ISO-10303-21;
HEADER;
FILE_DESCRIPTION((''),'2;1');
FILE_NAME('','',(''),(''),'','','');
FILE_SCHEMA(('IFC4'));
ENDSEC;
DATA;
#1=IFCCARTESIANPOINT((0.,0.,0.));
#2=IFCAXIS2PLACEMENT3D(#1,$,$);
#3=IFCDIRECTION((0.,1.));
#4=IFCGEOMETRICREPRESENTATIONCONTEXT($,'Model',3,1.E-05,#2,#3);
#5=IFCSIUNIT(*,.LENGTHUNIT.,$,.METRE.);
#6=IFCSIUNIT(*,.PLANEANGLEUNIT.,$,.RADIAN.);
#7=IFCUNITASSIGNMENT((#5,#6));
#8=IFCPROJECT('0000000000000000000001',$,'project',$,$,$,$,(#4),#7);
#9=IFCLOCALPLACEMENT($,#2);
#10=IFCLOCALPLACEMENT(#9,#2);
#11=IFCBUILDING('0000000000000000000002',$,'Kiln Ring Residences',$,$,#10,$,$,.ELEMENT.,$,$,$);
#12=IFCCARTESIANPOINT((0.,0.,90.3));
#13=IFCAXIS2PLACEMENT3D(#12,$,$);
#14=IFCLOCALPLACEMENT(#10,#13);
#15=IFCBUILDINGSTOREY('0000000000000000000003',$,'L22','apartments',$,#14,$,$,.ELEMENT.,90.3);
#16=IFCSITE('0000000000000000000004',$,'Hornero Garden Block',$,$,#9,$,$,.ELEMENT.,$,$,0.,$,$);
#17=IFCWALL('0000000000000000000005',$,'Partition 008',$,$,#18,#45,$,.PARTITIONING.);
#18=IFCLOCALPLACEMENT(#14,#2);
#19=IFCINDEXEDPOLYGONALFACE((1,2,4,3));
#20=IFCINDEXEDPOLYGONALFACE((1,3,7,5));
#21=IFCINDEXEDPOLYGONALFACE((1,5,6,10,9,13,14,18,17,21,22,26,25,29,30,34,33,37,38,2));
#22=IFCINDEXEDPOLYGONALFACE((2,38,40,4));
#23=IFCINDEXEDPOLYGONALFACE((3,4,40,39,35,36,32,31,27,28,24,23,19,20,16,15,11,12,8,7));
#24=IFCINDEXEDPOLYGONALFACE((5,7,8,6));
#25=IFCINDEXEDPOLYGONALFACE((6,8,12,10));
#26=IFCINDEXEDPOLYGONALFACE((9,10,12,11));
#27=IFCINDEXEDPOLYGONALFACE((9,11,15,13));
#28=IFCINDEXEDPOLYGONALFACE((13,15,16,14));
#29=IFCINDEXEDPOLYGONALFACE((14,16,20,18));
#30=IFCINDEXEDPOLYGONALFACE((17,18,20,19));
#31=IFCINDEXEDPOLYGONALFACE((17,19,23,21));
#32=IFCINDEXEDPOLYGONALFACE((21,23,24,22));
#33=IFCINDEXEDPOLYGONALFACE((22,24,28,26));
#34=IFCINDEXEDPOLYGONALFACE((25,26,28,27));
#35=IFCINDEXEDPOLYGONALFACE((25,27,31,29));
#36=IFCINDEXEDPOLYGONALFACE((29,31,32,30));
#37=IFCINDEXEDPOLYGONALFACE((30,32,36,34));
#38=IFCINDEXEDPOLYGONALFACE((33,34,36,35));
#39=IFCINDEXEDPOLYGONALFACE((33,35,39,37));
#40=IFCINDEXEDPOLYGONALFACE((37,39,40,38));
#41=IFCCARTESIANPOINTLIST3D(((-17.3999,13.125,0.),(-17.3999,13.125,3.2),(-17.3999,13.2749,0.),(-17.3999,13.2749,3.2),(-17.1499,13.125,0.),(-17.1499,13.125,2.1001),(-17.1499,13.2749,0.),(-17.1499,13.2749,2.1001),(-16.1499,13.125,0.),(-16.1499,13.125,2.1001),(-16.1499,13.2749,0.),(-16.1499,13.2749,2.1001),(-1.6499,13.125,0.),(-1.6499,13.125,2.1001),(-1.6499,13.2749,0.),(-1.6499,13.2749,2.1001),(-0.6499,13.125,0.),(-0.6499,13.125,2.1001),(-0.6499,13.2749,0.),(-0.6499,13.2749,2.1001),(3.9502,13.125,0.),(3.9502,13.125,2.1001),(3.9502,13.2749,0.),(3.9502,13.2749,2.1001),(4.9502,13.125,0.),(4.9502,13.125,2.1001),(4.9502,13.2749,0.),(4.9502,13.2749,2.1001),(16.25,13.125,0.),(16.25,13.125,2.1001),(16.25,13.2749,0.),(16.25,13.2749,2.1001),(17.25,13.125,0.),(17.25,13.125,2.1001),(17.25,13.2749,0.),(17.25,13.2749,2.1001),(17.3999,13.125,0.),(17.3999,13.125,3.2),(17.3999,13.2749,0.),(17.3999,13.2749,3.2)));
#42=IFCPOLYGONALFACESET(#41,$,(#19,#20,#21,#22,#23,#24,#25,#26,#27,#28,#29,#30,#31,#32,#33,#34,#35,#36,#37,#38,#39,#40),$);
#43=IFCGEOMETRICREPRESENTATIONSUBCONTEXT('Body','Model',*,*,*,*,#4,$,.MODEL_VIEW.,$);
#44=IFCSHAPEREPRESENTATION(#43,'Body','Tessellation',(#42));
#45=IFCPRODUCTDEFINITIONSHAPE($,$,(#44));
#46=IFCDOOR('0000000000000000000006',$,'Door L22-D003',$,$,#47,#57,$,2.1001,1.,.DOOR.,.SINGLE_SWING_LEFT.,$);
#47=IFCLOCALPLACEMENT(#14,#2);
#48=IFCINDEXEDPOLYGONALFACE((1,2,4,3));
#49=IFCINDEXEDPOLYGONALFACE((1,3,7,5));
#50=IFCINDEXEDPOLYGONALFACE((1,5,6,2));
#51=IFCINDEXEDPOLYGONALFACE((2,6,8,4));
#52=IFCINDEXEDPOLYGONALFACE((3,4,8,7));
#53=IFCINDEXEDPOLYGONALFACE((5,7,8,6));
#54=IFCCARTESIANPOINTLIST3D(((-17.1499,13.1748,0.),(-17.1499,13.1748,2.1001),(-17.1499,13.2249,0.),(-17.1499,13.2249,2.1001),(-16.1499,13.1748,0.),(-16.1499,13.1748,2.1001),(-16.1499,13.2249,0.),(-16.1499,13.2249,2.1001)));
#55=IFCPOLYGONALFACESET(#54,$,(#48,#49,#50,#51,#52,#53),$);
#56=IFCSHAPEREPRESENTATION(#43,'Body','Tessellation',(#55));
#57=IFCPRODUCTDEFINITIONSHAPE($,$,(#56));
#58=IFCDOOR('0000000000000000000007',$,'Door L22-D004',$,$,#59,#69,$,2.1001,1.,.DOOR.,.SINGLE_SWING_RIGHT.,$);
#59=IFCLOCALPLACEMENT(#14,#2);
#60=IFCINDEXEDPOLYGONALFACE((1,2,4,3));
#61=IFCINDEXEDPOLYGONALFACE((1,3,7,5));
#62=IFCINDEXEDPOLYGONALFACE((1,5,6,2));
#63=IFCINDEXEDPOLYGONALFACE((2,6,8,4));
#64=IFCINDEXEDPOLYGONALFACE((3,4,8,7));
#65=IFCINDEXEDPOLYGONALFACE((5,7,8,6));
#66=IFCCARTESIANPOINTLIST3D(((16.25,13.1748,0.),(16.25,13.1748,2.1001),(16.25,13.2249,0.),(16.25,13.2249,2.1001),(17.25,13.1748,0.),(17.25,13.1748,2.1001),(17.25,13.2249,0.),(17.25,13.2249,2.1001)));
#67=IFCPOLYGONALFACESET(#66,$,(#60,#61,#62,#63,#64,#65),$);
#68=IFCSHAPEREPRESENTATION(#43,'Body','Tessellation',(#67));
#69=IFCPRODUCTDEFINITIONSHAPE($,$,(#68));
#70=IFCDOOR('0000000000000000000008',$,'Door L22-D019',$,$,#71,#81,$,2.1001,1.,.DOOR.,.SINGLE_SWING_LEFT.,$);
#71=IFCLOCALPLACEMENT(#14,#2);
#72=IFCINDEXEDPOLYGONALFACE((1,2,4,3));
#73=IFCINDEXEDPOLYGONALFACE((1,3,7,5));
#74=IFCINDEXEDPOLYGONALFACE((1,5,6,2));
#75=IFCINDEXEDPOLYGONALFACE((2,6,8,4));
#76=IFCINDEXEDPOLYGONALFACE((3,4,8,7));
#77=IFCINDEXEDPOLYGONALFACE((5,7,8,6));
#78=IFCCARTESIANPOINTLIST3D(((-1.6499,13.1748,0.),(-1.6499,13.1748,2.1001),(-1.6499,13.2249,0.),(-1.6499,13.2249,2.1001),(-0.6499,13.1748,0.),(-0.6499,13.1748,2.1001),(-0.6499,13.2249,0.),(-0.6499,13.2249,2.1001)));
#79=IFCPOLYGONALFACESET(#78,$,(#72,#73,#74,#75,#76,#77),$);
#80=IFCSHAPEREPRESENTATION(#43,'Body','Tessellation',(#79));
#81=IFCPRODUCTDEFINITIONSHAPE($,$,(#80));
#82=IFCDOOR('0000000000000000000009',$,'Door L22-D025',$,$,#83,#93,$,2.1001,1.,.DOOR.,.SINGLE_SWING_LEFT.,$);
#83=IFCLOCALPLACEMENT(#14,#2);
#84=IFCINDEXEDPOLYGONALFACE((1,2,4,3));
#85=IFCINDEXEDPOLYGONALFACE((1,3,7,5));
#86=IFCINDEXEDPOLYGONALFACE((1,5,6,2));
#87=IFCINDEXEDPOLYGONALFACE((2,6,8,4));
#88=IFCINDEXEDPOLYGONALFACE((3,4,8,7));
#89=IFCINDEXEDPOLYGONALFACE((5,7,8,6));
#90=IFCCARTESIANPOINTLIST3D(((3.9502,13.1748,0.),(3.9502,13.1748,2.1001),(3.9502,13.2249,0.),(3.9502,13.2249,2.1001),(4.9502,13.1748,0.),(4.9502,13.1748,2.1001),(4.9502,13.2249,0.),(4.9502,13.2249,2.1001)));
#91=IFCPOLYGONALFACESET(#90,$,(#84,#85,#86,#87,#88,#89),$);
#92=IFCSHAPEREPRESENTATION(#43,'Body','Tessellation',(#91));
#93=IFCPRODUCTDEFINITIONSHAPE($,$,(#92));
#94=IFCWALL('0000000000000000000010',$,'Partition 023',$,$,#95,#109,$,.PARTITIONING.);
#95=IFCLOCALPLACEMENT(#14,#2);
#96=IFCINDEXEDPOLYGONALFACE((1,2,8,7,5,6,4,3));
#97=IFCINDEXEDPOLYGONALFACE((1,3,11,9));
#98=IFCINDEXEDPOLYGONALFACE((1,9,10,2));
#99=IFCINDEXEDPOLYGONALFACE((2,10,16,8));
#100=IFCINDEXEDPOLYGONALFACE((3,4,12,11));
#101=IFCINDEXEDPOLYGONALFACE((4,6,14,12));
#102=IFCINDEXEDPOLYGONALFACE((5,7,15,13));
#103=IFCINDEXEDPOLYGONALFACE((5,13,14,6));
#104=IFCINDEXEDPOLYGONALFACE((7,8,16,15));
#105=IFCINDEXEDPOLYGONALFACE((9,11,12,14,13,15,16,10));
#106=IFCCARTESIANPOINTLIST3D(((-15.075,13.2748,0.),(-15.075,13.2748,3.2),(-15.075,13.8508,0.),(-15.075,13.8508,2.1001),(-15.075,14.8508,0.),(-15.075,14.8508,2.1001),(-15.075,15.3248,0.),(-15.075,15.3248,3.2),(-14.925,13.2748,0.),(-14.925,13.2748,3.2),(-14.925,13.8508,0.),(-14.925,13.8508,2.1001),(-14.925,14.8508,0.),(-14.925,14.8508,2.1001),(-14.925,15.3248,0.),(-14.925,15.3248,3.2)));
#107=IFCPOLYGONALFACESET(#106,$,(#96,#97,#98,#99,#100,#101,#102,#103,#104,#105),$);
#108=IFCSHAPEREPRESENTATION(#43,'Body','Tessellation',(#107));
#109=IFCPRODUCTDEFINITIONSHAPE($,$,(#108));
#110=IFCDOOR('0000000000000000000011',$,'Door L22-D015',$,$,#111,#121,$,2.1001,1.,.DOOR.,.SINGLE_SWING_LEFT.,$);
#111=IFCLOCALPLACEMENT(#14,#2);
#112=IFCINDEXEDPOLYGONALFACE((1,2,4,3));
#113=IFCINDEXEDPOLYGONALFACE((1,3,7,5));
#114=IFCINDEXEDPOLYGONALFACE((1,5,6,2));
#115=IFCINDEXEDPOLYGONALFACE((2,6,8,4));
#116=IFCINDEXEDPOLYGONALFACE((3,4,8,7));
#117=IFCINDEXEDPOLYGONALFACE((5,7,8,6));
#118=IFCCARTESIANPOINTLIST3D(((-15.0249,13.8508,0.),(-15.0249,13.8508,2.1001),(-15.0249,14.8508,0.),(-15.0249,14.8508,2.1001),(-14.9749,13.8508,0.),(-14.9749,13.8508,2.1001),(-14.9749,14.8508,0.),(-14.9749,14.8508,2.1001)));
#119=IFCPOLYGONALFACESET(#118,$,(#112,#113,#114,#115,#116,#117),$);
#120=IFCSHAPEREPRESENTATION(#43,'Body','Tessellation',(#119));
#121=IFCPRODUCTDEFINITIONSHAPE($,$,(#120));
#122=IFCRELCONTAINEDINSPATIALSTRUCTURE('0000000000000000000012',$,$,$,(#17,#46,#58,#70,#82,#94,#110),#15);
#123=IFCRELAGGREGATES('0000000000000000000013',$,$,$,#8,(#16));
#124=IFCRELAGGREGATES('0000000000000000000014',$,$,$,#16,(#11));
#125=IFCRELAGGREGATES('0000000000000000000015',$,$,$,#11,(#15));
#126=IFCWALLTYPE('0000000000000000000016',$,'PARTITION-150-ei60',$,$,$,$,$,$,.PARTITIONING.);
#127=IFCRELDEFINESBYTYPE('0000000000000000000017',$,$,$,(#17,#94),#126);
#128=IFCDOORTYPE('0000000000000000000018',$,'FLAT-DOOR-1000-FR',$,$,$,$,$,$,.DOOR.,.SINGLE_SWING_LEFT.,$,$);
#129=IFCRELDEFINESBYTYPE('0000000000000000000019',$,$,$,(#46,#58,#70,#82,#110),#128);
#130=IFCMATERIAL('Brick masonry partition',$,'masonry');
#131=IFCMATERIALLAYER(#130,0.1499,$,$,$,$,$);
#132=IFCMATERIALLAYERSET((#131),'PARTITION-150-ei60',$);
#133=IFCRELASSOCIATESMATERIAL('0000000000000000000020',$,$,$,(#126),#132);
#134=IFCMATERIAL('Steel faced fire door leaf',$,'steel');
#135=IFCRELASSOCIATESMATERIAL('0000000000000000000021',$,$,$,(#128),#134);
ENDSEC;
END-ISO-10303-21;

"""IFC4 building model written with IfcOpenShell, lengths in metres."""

from ifc_helpers import new_model, si_unit, direction, frame, frame_2d, origin, place, context, subcontext, project, spatial, rectangle, extrude, material, layer, layer_set, type_object, element, fill, save


model = new_model("IFC4")

# Units and contexts
model_context = context("Model", 3, precision=1e-05, world=origin(), true_north=direction((0.0, 1.0)))
body_context = subcontext(model_context, "Body", "Model", "MODEL_VIEW")
ifc_project = project(units=[si_unit("LENGTHUNIT", "METRE"), si_unit("PLANEANGLEUNIT", "RADIAN")], contexts=[model_context])

# Site, building, storey
site_placement = place(None, origin())
site = spatial("IfcSite", under=ifc_project, at=site_placement, Name="Hornero Garden Block", CompositionType="ELEMENT", RefElevation=0.0)
building_placement = place(site_placement, origin())
building = spatial("IfcBuilding", under=site, at=building_placement, Name="Kiln Ring Residences", CompositionType="ELEMENT")
storey_placement = place(building_placement, frame((0.0, 0.0, 90.3)))
storey = spatial("IfcBuildingStorey", under=building, at=storey_placement, Name="L22", Description="apartments", CompositionType="ELEMENT", Elevation=90.3)

# Wall, openings, doors
ifc_material_1 = material(Name="Brick masonry partition", Category="masonry")
ifc_layer_1 = layer(ifc_material_1, 0.1499)
ifc_layer_set_1 = layer_set([ifc_layer_1], Name="PARTITION-150-ei60")
wall_type_1 = type_object("IfcWallType", Name="PARTITION-150-ei60", PredefinedType="PARTITIONING", material=ifc_layer_set_1)
ifc_material_2 = material(Name="Steel faced fire door leaf", Category="steel")
door_type = type_object("IfcDoorType", Name="FLAT-DOOR-1000-FR", OperationType="SINGLE_SWING_LEFT", PredefinedType="DOOR", material=ifc_material_2)
wall_1_placement = place(storey_placement, frame((-17.3999, 13.2, 0.0), z_axis=(0.0, 0.0, 1.0), x_axis=(1.0, 0.0, 0.0)))
wall_1 = element("IfcWall", 1, at=wall_1_placement, inside=storey, type_object=wall_type_1, Name="Partition 008", PredefinedType="PARTITIONING", context=body_context, shape_type="SweptSolid", body=[
    extrude(rectangle(XDim=34.7998, YDim=0.1499, at=frame_2d((17.3999, 0.0))), origin(), (0.0, 0.0, 1.0), 3.2),
])
opening_1_placement = place(wall_1_placement, frame((0.25, 0.0, 0.0)))
opening_1 = element("IfcOpeningElement", 2, at=opening_1_placement, cuts=wall_1, PredefinedType="OPENING", context=body_context, shape_type="SweptSolid", body=[
    extrude(rectangle(XDim=1.0, YDim=2.1001, at=frame_2d((0.5, 1.05))), frame((0.0, 0.085, 0.0), z_axis=(0.0, -1.0, 0.0), x_axis=(1.0, 0.0, 0.0)), (0.0, 0.0, 1.0), 0.1699),
])
opening_2_placement = place(wall_1_placement, frame((33.6499, 0.0, 0.0)))
opening_2 = element("IfcOpeningElement", 3, at=opening_2_placement, cuts=wall_1, PredefinedType="OPENING", context=body_context, shape_type="SweptSolid", body=[
    extrude(rectangle(XDim=1.0, YDim=2.1001, at=frame_2d((0.5, 1.05))), frame((0.0, 0.085, 0.0), z_axis=(0.0, -1.0, 0.0), x_axis=(1.0, 0.0, 0.0)), (0.0, 0.0, 1.0), 0.1699),
])
opening_3_placement = place(wall_1_placement, frame((15.75, 0.0, 0.0)))
opening_3 = element("IfcOpeningElement", 4, at=opening_3_placement, cuts=wall_1, PredefinedType="OPENING", context=body_context, shape_type="SweptSolid", body=[
    extrude(rectangle(XDim=1.0, YDim=2.1001, at=frame_2d((0.5, 1.05))), frame((0.0, 0.085, 0.0), z_axis=(0.0, -1.0, 0.0), x_axis=(1.0, 0.0, 0.0)), (0.0, 0.0, 1.0), 0.1699),
])
opening_4_placement = place(wall_1_placement, frame((21.3501, 0.0, 0.0)))
opening_4 = element("IfcOpeningElement", 5, at=opening_4_placement, cuts=wall_1, PredefinedType="OPENING", context=body_context, shape_type="SweptSolid", body=[
    extrude(rectangle(XDim=1.0, YDim=2.1001, at=frame_2d((0.5, 1.05))), frame((0.0, 0.085, 0.0), z_axis=(0.0, -1.0, 0.0), x_axis=(1.0, 0.0, 0.0)), (0.0, 0.0, 1.0), 0.1699),
])
door_1_placement = place(opening_1_placement, origin())
door_1 = element("IfcDoor", 6, at=door_1_placement, inside=storey, type_object=door_type, Name="Door L22-D003", OperationType="SINGLE_SWING_LEFT", OverallHeight=2.1001, OverallWidth=1.0, PredefinedType="DOOR", context=body_context, shape_type="SweptSolid", body=[
    extrude(rectangle(XDim=1.0, YDim=2.1001, at=frame_2d((0.5, 1.05))), frame((0.0, 0.0249, 0.0), z_axis=(0.0, -1.0, 0.0), x_axis=(1.0, 0.0, 0.0)), (0.0, 0.0, 1.0), 0.05),
])
fill(opening_1, door_1)
door_2_placement = place(opening_2_placement, origin())
door_2 = element("IfcDoor", 7, at=door_2_placement, inside=storey, type_object=door_type, Name="Door L22-D004", OperationType="SINGLE_SWING_RIGHT", OverallHeight=2.1001, OverallWidth=1.0, PredefinedType="DOOR", context=body_context, shape_type="SweptSolid", body=[
    extrude(rectangle(XDim=1.0, YDim=2.1001, at=frame_2d((0.5, 1.05))), frame((0.0, 0.0249, 0.0), z_axis=(0.0, -1.0, 0.0), x_axis=(1.0, 0.0, 0.0)), (0.0, 0.0, 1.0), 0.05),
])
fill(opening_2, door_2)
door_3_placement = place(opening_3_placement, origin())
door_3 = element("IfcDoor", 8, at=door_3_placement, inside=storey, type_object=door_type, Name="Door L22-D019", OperationType="SINGLE_SWING_LEFT", OverallHeight=2.1001, OverallWidth=1.0, PredefinedType="DOOR", context=body_context, shape_type="SweptSolid", body=[
    extrude(rectangle(XDim=1.0, YDim=2.1001, at=frame_2d((0.5, 1.05))), frame((0.0, 0.0249, 0.0), z_axis=(0.0, -1.0, 0.0), x_axis=(1.0, 0.0, 0.0)), (0.0, 0.0, 1.0), 0.05),
])
fill(opening_3, door_3)
door_4_placement = place(opening_4_placement, origin())
door_4 = element("IfcDoor", 9, at=door_4_placement, inside=storey, type_object=door_type, Name="Door L22-D025", OperationType="SINGLE_SWING_LEFT", OverallHeight=2.1001, OverallWidth=1.0, PredefinedType="DOOR", context=body_context, shape_type="SweptSolid", body=[
    extrude(rectangle(XDim=1.0, YDim=2.1001, at=frame_2d((0.5, 1.05))), frame((0.0, 0.0249, 0.0), z_axis=(0.0, -1.0, 0.0), x_axis=(1.0, 0.0, 0.0)), (0.0, 0.0, 1.0), 0.05),
])
fill(opening_4, door_4)

# Wall, opening, door
wall_2_placement = place(storey_placement, frame((-15.0, 13.2749, 0.0), z_axis=(0.0, 0.0, 1.0), x_axis=(0.0, 1.0, 0.0)))
wall_2 = element("IfcWall", 10, at=wall_2_placement, inside=storey, type_object=wall_type_1, Name="Partition 023", PredefinedType="PARTITIONING", context=body_context, shape_type="SweptSolid", body=[
    extrude(rectangle(XDim=2.05, YDim=0.1499, at=frame_2d((1.0249, 0.0))), origin(), (0.0, 0.0, 1.0), 3.2),
])
opening_5_placement = place(wall_2_placement, frame((0.5759, 0.0, 0.0)))
opening_5 = element("IfcOpeningElement", 11, at=opening_5_placement, cuts=wall_2, PredefinedType="OPENING", context=body_context, shape_type="SweptSolid", body=[
    extrude(rectangle(XDim=1.0, YDim=2.1001, at=frame_2d((0.5, 1.05))), frame((0.0, 0.085, 0.0), z_axis=(0.0, -1.0, 0.0), x_axis=(1.0, 0.0, 0.0)), (0.0, 0.0, 1.0), 0.1699),
])
door_5_placement = place(opening_5_placement, origin())
door_5 = element("IfcDoor", 12, at=door_5_placement, inside=storey, type_object=door_type, Name="Door L22-D015", OperationType="SINGLE_SWING_LEFT", OverallHeight=2.1001, OverallWidth=1.0, PredefinedType="DOOR", context=body_context, shape_type="SweptSolid", body=[
    extrude(rectangle(XDim=1.0, YDim=2.1001, at=frame_2d((0.5, 1.05))), frame((0.0, 0.0249, 0.0), z_axis=(0.0, -1.0, 0.0), x_axis=(1.0, 0.0, 0.0)), (0.0, 0.0, 1.0), 0.05),
])
fill(opening_5, door_5)

save(model, "model.ifc")
